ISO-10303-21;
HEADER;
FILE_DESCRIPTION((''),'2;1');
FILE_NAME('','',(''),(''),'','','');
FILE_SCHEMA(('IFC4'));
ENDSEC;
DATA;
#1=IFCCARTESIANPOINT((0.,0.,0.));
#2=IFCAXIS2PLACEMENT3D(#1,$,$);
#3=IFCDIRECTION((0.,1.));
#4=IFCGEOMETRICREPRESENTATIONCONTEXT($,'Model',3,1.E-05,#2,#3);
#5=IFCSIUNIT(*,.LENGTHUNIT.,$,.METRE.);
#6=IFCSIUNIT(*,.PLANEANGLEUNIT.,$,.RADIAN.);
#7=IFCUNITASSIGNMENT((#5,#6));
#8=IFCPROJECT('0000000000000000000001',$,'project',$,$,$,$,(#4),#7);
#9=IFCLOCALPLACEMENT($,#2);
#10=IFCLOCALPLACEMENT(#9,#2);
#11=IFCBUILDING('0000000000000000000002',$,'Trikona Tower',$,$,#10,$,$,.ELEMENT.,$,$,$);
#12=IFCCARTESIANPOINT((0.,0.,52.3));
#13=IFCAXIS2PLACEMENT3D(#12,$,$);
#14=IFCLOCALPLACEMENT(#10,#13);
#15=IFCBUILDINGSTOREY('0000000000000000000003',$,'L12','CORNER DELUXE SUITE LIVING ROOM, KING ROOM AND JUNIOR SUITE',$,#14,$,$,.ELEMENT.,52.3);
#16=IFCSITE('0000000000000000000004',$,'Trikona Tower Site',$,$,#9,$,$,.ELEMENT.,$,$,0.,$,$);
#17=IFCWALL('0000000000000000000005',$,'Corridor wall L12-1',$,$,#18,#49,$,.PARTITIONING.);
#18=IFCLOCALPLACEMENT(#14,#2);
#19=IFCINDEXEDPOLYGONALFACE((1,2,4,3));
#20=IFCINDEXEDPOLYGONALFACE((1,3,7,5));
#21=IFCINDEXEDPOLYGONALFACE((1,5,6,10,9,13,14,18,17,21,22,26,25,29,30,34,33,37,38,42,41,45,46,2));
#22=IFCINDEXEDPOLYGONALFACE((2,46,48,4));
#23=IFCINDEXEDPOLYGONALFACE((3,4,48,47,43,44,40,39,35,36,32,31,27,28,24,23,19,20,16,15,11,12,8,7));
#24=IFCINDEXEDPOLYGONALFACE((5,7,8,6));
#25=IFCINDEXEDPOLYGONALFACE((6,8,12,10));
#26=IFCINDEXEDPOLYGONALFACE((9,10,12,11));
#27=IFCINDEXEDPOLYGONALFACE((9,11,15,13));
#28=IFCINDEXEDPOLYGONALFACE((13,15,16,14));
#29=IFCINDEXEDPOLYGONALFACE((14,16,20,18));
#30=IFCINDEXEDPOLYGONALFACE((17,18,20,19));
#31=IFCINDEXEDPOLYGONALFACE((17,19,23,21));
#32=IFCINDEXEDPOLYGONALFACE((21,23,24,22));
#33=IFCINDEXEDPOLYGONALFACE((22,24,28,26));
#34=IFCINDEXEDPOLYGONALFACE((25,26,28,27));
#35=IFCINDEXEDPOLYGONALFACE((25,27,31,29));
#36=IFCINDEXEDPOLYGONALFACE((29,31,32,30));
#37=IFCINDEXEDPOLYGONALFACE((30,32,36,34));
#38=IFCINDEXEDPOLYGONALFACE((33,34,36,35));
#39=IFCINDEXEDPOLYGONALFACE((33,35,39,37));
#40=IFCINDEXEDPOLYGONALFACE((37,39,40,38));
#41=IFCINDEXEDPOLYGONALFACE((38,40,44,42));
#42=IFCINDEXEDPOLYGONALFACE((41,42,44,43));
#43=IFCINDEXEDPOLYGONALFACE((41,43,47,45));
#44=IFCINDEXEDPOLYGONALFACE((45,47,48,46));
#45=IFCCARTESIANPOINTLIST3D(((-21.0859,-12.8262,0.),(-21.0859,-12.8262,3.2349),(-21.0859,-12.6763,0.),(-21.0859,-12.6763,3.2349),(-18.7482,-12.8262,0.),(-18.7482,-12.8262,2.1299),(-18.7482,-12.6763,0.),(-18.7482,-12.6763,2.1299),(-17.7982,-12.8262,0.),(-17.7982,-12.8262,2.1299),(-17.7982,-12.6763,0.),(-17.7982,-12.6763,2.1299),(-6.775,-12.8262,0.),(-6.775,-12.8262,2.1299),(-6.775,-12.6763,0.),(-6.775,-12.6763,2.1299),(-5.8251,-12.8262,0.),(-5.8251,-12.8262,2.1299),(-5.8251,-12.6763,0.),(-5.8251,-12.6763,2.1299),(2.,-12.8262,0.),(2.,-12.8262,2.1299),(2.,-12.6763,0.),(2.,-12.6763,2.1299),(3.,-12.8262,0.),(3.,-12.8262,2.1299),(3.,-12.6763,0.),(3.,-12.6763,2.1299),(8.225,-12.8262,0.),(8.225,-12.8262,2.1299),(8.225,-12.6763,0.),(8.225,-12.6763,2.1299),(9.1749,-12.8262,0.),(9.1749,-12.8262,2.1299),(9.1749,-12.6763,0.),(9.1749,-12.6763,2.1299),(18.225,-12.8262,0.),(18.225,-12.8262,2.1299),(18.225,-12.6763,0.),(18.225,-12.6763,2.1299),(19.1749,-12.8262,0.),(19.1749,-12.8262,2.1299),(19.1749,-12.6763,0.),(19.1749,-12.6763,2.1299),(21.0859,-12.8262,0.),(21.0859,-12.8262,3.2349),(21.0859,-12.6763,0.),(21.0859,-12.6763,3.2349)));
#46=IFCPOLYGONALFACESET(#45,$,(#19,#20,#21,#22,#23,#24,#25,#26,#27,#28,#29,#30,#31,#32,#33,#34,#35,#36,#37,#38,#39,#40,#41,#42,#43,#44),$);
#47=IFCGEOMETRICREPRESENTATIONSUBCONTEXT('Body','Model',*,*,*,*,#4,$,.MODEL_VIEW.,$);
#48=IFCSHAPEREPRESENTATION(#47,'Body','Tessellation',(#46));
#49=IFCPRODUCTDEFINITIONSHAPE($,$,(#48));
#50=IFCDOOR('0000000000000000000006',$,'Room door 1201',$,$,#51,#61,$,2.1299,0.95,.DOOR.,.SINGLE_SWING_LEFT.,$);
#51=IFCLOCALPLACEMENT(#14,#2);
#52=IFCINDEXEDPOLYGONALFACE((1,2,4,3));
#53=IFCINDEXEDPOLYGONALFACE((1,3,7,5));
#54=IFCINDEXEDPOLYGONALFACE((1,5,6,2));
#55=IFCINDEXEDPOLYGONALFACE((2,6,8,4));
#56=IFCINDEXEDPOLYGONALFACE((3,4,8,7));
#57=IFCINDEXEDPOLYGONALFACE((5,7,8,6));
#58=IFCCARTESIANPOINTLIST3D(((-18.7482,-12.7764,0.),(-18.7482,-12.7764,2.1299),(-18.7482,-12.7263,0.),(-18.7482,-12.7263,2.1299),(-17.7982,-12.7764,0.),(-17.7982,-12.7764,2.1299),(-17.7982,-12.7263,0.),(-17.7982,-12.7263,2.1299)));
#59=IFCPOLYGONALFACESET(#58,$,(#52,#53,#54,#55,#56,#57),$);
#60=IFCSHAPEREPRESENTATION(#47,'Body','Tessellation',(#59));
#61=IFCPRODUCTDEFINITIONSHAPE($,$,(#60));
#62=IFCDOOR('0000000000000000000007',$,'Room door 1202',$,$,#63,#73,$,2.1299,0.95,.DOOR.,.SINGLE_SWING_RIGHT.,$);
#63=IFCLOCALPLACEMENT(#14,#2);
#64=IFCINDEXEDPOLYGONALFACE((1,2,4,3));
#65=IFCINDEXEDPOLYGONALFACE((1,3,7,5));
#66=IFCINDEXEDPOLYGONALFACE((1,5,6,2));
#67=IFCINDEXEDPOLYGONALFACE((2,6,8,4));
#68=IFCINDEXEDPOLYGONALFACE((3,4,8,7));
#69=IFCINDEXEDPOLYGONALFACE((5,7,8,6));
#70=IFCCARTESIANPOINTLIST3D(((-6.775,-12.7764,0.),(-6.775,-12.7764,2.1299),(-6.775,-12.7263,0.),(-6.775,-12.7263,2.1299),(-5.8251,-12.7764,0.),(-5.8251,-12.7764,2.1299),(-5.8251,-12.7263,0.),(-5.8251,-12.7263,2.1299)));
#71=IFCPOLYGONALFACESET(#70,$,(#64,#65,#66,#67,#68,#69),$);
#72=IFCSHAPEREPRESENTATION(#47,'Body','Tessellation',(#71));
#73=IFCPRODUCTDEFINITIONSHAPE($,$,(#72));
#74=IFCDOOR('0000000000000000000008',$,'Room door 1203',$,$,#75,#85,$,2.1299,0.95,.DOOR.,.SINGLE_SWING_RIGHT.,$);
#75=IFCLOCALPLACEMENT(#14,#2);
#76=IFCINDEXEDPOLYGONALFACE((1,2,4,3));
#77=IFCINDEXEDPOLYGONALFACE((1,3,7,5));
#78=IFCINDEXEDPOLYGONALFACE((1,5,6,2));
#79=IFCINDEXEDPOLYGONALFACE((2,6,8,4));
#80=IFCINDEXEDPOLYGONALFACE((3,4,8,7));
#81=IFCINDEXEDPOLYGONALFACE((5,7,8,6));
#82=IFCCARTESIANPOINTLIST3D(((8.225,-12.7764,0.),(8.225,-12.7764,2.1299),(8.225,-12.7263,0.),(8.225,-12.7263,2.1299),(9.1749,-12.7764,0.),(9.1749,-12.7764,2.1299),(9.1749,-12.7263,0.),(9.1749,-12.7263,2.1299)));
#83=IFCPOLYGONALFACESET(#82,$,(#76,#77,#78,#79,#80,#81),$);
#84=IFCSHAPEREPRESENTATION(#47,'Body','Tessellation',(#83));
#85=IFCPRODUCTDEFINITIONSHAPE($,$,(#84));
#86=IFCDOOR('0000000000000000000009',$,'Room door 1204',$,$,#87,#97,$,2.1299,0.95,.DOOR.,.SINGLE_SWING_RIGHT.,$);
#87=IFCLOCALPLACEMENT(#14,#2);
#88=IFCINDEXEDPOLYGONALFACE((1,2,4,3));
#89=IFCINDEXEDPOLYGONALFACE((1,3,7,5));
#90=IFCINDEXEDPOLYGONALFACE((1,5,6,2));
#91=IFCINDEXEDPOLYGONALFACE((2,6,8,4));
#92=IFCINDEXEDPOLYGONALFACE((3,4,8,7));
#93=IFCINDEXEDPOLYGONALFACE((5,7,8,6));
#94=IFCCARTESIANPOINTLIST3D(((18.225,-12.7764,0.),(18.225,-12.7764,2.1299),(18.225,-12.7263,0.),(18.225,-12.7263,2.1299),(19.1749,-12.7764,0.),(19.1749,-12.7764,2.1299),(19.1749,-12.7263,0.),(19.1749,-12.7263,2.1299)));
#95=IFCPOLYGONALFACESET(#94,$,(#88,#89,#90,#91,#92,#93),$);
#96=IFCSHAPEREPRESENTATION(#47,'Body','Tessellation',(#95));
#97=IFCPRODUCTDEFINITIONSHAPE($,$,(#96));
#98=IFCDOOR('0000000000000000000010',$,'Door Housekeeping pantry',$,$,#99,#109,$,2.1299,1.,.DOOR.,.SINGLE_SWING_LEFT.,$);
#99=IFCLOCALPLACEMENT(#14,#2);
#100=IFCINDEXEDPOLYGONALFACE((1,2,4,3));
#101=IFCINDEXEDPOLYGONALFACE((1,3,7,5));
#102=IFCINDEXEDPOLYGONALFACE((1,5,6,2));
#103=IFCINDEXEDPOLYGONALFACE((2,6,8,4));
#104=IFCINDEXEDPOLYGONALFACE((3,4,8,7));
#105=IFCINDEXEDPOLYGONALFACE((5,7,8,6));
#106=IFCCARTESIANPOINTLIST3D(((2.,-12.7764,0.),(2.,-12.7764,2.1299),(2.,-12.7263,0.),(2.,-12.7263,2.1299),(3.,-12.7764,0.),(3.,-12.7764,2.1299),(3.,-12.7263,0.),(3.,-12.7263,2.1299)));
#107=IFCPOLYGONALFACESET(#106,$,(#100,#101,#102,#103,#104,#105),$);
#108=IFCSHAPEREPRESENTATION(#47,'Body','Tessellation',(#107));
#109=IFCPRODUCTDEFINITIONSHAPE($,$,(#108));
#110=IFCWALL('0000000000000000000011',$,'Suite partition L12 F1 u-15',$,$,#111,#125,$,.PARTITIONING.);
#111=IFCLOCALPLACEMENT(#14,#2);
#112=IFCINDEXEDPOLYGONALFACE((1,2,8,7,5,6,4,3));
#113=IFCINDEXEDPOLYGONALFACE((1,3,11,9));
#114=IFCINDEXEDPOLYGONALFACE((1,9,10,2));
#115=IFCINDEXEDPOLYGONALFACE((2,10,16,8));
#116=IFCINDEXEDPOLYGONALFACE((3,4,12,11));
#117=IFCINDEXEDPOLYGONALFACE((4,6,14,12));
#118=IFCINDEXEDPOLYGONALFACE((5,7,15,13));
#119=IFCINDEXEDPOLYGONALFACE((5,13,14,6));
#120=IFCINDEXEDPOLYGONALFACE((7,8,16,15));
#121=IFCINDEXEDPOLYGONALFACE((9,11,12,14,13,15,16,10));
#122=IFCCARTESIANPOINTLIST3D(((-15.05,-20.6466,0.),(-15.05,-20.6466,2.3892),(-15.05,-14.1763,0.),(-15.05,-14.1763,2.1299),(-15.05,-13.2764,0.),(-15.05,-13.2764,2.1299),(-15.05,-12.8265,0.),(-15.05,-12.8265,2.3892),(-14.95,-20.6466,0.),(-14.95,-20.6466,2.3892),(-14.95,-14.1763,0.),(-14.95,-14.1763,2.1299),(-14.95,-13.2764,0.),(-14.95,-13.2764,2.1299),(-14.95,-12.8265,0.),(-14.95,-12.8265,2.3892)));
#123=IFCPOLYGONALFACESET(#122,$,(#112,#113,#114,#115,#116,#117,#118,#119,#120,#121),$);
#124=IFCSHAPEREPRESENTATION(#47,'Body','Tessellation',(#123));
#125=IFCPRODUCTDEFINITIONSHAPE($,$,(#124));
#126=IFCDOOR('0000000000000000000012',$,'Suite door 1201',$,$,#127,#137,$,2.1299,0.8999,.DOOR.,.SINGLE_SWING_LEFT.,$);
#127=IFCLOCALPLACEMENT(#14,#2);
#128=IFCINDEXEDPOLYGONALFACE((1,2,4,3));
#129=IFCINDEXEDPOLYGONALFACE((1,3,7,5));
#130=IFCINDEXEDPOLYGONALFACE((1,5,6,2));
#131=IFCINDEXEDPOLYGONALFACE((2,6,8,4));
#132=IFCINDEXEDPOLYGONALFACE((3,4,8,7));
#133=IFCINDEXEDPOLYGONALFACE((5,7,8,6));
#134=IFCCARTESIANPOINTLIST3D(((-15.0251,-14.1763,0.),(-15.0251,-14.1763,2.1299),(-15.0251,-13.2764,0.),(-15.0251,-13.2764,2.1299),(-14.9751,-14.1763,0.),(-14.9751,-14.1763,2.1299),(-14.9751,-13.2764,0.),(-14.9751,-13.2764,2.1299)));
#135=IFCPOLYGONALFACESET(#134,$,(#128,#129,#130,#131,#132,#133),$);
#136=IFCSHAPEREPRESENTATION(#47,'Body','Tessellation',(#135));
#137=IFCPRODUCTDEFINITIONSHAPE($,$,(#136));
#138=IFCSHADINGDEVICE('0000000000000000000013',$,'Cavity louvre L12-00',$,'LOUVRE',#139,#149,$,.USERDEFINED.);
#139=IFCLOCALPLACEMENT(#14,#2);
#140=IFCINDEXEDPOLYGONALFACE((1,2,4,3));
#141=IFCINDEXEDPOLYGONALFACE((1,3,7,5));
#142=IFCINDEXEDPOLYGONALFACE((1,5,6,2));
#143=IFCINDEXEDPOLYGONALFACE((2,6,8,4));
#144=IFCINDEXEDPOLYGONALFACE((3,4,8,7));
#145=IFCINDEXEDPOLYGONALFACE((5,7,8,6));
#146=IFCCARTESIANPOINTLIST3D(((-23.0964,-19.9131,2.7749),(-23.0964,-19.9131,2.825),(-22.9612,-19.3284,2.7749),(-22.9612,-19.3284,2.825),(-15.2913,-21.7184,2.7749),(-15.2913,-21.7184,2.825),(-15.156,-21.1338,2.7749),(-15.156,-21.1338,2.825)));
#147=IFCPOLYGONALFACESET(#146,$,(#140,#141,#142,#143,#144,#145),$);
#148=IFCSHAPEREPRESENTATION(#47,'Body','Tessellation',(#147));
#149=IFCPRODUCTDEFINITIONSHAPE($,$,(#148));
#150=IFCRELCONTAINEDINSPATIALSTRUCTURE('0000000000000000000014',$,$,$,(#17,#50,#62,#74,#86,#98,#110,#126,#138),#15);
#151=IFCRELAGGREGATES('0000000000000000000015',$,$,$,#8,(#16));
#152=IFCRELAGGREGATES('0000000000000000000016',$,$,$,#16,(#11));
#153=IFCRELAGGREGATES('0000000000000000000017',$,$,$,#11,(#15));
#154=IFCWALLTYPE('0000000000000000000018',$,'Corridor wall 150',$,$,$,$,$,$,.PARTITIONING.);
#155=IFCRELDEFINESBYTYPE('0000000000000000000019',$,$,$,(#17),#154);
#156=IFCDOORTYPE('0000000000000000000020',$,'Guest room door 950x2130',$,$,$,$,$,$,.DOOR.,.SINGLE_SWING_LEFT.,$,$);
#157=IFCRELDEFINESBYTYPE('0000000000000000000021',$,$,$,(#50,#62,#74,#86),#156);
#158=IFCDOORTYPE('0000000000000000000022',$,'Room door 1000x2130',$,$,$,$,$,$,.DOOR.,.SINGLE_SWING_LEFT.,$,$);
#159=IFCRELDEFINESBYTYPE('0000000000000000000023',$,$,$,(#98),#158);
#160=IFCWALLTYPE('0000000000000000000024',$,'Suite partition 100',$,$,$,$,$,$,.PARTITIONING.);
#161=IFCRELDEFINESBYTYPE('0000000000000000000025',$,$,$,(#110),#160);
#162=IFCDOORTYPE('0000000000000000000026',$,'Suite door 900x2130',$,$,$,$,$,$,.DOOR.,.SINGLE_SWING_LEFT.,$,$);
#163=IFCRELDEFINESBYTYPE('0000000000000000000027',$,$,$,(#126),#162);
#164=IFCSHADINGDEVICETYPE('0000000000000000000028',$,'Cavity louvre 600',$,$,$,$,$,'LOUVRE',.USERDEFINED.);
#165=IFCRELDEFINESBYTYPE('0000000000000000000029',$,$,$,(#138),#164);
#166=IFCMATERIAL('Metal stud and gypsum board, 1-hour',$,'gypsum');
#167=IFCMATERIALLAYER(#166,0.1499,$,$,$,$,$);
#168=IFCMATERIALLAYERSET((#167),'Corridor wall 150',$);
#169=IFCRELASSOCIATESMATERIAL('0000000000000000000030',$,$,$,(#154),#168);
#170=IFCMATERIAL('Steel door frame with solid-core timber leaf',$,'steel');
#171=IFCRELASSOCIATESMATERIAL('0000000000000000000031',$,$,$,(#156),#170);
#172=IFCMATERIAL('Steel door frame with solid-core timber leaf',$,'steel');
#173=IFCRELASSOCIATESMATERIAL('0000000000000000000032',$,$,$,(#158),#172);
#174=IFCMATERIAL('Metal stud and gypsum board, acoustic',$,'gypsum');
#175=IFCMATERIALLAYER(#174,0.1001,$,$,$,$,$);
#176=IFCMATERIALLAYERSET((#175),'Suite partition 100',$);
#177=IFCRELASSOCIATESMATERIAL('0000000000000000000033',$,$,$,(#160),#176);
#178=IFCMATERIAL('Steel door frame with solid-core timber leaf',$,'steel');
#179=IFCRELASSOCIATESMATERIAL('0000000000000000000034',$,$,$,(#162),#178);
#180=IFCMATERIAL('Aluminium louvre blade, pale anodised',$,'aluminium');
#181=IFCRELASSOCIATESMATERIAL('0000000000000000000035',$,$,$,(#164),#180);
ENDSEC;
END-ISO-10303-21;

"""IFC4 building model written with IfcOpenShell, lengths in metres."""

from ifc_helpers import new_model, si_unit, direction, frame, frame_2d, origin, origin_2d, place, context, subcontext, project, spatial, rectangle, extrude, material, layer, layer_set, type_object, element, fill, save


model = new_model("IFC4")

# Units and contexts
model_context = context("Model", 3, precision=1e-05, world=origin(), true_north=direction((0.0, 1.0)))
body_context = subcontext(model_context, "Body", "Model", "MODEL_VIEW")
ifc_project = project(units=[si_unit("LENGTHUNIT", "METRE"), si_unit("PLANEANGLEUNIT", "RADIAN")], contexts=[model_context])

# Site, building, storey
site_placement = place(None, origin())
site = spatial("IfcSite", under=ifc_project, at=site_placement, Name="Trikona Tower Site", CompositionType="ELEMENT", RefElevation=0.0)
building_placement = place(site_placement, origin())
building = spatial("IfcBuilding", under=site, at=building_placement, Name="Trikona Tower", CompositionType="ELEMENT")
storey_placement = place(building_placement, frame((0.0, 0.0, 52.3)))
storey = spatial("IfcBuildingStorey", under=building, at=storey_placement, Name="L12", Description="CORNER DELUXE SUITE LIVING ROOM, KING ROOM AND JUNIOR SUITE", CompositionType="ELEMENT", Elevation=52.3)

# Wall, openings, doors
ifc_material_1 = material(Name="Metal stud and gypsum board, 1-hour", Category="gypsum")
ifc_layer_1 = layer(ifc_material_1, 0.1499)
ifc_layer_set_1 = layer_set([ifc_layer_1], Name="Corridor wall 150")
wall_type_1 = type_object("IfcWallType", Name="Corridor wall 150", PredefinedType="PARTITIONING", material=ifc_layer_set_1)
wall_1_placement = place(storey_placement, frame((-21.0859, -12.7512, 0.0), z_axis=(0.0, 0.0, 1.0), x_axis=(1.0, 0.0, 0.0)))
wall_1 = element("IfcWall", 1, at=wall_1_placement, inside=storey, type_object=wall_type_1, Name="Corridor wall L12-1", PredefinedType="PARTITIONING", context=body_context, shape_type="SweptSolid", body=[
    extrude(rectangle(XDim=42.1719, YDim=0.1499, at=frame_2d((21.0859, 0.0))), origin(), (0.0, 0.0, 1.0), 3.2349),
])
opening_1_placement = place(wall_1_placement, frame((2.3376, 0.0, 0.0)))
opening_1 = element("IfcOpeningElement", 2, at=opening_1_placement, cuts=wall_1, PredefinedType="OPENING", context=body_context, shape_type="SweptSolid", body=[
    extrude(rectangle(XDim=0.95, YDim=2.1299, at=frame_2d((0.4751, 1.0649))), frame((0.0, 0.085, 0.0), z_axis=(0.0, -1.0, 0.0), x_axis=(1.0, 0.0, 0.0)), (0.0, 0.0, 1.0), 0.1699),
])
opening_2_placement = place(wall_1_placement, frame((14.3108, 0.0, 0.0)))
opening_2 = element("IfcOpeningElement", 3, at=opening_2_placement, cuts=wall_1, PredefinedType="OPENING", context=body_context, shape_type="SweptSolid", body=[
    extrude(rectangle(XDim=0.95, YDim=2.1299, at=frame_2d((0.4751, 1.0649))), frame((0.0, 0.085, 0.0), z_axis=(0.0, -1.0, 0.0), x_axis=(1.0, 0.0, 0.0)), (0.0, 0.0, 1.0), 0.1699),
])
opening_3_placement = place(wall_1_placement, frame((23.0859, 0.0, 0.0)))
opening_3 = element("IfcOpeningElement", 4, at=opening_3_placement, cuts=wall_1, PredefinedType="OPENING", context=body_context, shape_type="SweptSolid", body=[
    extrude(rectangle(XDim=1.0, YDim=2.1299, at=frame_2d((0.5, 1.0649))), frame((0.0, 0.085, 0.0), z_axis=(0.0, -1.0, 0.0), x_axis=(1.0, 0.0, 0.0)), (0.0, 0.0, 1.0), 0.1699),
])
opening_4_placement = place(wall_1_placement, frame((29.3108, 0.0, 0.0)))
opening_4 = element("IfcOpeningElement", 5, at=opening_4_placement, cuts=wall_1, PredefinedType="OPENING", context=body_context, shape_type="SweptSolid", body=[
    extrude(rectangle(XDim=0.95, YDim=2.1299, at=frame_2d((0.4751, 1.0649))), frame((0.0, 0.085, 0.0), z_axis=(0.0, -1.0, 0.0), x_axis=(1.0, 0.0, 0.0)), (0.0, 0.0, 1.0), 0.1699),
])
opening_5_placement = place(wall_1_placement, frame((39.3108, 0.0, 0.0)))
opening_5 = element("IfcOpeningElement", 6, at=opening_5_placement, cuts=wall_1, PredefinedType="OPENING", context=body_context, shape_type="SweptSolid", body=[
    extrude(rectangle(XDim=0.95, YDim=2.1299, at=frame_2d((0.4751, 1.0649))), frame((0.0, 0.085, 0.0), z_axis=(0.0, -1.0, 0.0), x_axis=(1.0, 0.0, 0.0)), (0.0, 0.0, 1.0), 0.1699),
])
ifc_material_2 = material(Name="Steel door frame with solid-core timber leaf", Category="steel")
door_type_1 = type_object("IfcDoorType", Name="Guest room door 950x2130", OperationType="SINGLE_SWING_LEFT", PredefinedType="DOOR", material=ifc_material_2)
door_1_placement = place(opening_1_placement, origin())
door_1 = element("IfcDoor", 7, at=door_1_placement, inside=storey, type_object=door_type_1, Name="Room door 1201", OperationType="SINGLE_SWING_LEFT", OverallHeight=2.1299, OverallWidth=0.95, PredefinedType="DOOR", context=body_context, shape_type="SweptSolid", body=[
    extrude(rectangle(XDim=0.95, YDim=2.1299, at=frame_2d((0.4751, 1.0649))), frame((0.0, 0.0249, 0.0), z_axis=(0.0, -1.0, 0.0), x_axis=(1.0, 0.0, 0.0)), (0.0, 0.0, 1.0), 0.05),
])
fill(opening_1, door_1)
door_2_placement = place(opening_2_placement, origin())
door_2 = element("IfcDoor", 8, at=door_2_placement, inside=storey, type_object=door_type_1, Name="Room door 1202", OperationType="SINGLE_SWING_RIGHT", OverallHeight=2.1299, OverallWidth=0.95, PredefinedType="DOOR", context=body_context, shape_type="SweptSolid", body=[
    extrude(rectangle(XDim=0.95, YDim=2.1299, at=frame_2d((0.4751, 1.0649))), frame((0.0, 0.0249, 0.0), z_axis=(0.0, -1.0, 0.0), x_axis=(1.0, 0.0, 0.0)), (0.0, 0.0, 1.0), 0.05),
])
fill(opening_2, door_2)
door_3_placement = place(opening_4_placement, origin())
door_3 = element("IfcDoor", 9, at=door_3_placement, inside=storey, type_object=door_type_1, Name="Room door 1203", OperationType="SINGLE_SWING_RIGHT", OverallHeight=2.1299, OverallWidth=0.95, PredefinedType="DOOR", context=body_context, shape_type="SweptSolid", body=[
    extrude(rectangle(XDim=0.95, YDim=2.1299, at=frame_2d((0.4751, 1.0649))), frame((0.0, 0.0249, 0.0), z_axis=(0.0, -1.0, 0.0), x_axis=(1.0, 0.0, 0.0)), (0.0, 0.0, 1.0), 0.05),
])
fill(opening_4, door_3)
door_4_placement = place(opening_5_placement, origin())
door_4 = element("IfcDoor", 10, at=door_4_placement, inside=storey, type_object=door_type_1, Name="Room door 1204", OperationType="SINGLE_SWING_RIGHT", OverallHeight=2.1299, OverallWidth=0.95, PredefinedType="DOOR", context=body_context, shape_type="SweptSolid", body=[
    extrude(rectangle(XDim=0.95, YDim=2.1299, at=frame_2d((0.4751, 1.0649))), frame((0.0, 0.0249, 0.0), z_axis=(0.0, -1.0, 0.0), x_axis=(1.0, 0.0, 0.0)), (0.0, 0.0, 1.0), 0.05),
])
fill(opening_5, door_4)
ifc_material_3 = material(Name="Steel door frame with solid-core timber leaf", Category="steel")
door_type_2 = type_object("IfcDoorType", Name="Room door 1000x2130", OperationType="SINGLE_SWING_LEFT", PredefinedType="DOOR", material=ifc_material_3)
door_5_placement = place(opening_3_placement, origin())
door_5 = element("IfcDoor", 11, at=door_5_placement, inside=storey, type_object=door_type_2, Name="Door Housekeeping pantry", OperationType="SINGLE_SWING_LEFT", OverallHeight=2.1299, OverallWidth=1.0, PredefinedType="DOOR", context=body_context, shape_type="SweptSolid", body=[
    extrude(rectangle(XDim=1.0, YDim=2.1299, at=frame_2d((0.5, 1.0649))), frame((0.0, 0.0249, 0.0), z_axis=(0.0, -1.0, 0.0), x_axis=(1.0, 0.0, 0.0)), (0.0, 0.0, 1.0), 0.05),
])
fill(opening_3, door_5)

# Wall, opening, door
ifc_material_4 = material(Name="Metal stud and gypsum board, acoustic", Category="gypsum")
ifc_layer_2 = layer(ifc_material_4, 0.1001)
ifc_layer_set_2 = layer_set([ifc_layer_2], Name="Suite partition 100")
wall_type_2 = type_object("IfcWallType", Name="Suite partition 100", PredefinedType="PARTITIONING", material=ifc_layer_set_2)
wall_2_placement = place(storey_placement, frame((-15.0, -12.8264, 0.0), z_axis=(0.0, 0.0, 1.0), x_axis=(0.0, -1.0, 0.0)))
wall_2 = element("IfcWall", 12, at=wall_2_placement, inside=storey, type_object=wall_type_2, Name="Suite partition L12 F1 u-15", PredefinedType="PARTITIONING", context=body_context, shape_type="SweptSolid", body=[
    extrude(rectangle(XDim=7.8201, YDim=0.1001, at=frame_2d((3.9102, 0.0))), origin(), (0.0, 0.0, 1.0), 2.3892),
])
opening_6_placement = place(wall_2_placement, frame((0.45, 0.0, 0.0)))
opening_6 = element("IfcOpeningElement", 13, at=opening_6_placement, cuts=wall_2, PredefinedType="OPENING", context=body_context, shape_type="SweptSolid", body=[
    extrude(rectangle(XDim=0.8999, YDim=2.1299, at=frame_2d((0.45, 1.0649))), frame((0.0, 0.0601, 0.0), z_axis=(0.0, -1.0, 0.0), x_axis=(1.0, 0.0, 0.0)), (0.0, 0.0, 1.0), 0.1201),
])
ifc_material_5 = material(Name="Steel door frame with solid-core timber leaf", Category="steel")
door_type_3 = type_object("IfcDoorType", Name="Suite door 900x2130", OperationType="SINGLE_SWING_LEFT", PredefinedType="DOOR", material=ifc_material_5)
door_6_placement = place(opening_6_placement, origin())
door_6 = element("IfcDoor", 14, at=door_6_placement, inside=storey, type_object=door_type_3, Name="Suite door 1201", OperationType="SINGLE_SWING_LEFT", OverallHeight=2.1299, OverallWidth=0.8999, PredefinedType="DOOR", context=body_context, shape_type="SweptSolid", body=[
    extrude(rectangle(XDim=0.8999, YDim=2.1299, at=frame_2d((0.45, 1.0649))), frame((0.0, 0.0249, 0.0), z_axis=(0.0, -1.0, 0.0), x_axis=(1.0, 0.0, 0.0)), (0.0, 0.0, 1.0), 0.05),
])
fill(opening_6, door_6)

# Shading device
ifc_material_6 = material(Name="Aluminium louvre blade, pale anodised", Category="aluminium")
shading_device_type = type_object("IfcShadingDeviceType", Name="Cavity louvre 600", ElementType="LOUVRE", PredefinedType="USERDEFINED", material=ifc_material_6)
shading_device_placement = place(storey_placement, frame((-19.1262, -20.5234, 2.7749), z_axis=(0.0, 0.0, 1.0), x_axis=(0.974278, -0.225351, 0.0)))
element("IfcShadingDevice", 15, at=shading_device_placement, inside=storey, type_object=shading_device_type, Name="Cavity louvre L12-00", ObjectType="LOUVRE", PredefinedType="USERDEFINED", context=body_context, shape_type="SweptSolid", body=[
    extrude(rectangle(XDim=8.0112, YDim=0.6001, at=origin_2d()), origin(), (0.0, 0.0, 1.0), 0.05),
])

save(model, "model.ifc")
